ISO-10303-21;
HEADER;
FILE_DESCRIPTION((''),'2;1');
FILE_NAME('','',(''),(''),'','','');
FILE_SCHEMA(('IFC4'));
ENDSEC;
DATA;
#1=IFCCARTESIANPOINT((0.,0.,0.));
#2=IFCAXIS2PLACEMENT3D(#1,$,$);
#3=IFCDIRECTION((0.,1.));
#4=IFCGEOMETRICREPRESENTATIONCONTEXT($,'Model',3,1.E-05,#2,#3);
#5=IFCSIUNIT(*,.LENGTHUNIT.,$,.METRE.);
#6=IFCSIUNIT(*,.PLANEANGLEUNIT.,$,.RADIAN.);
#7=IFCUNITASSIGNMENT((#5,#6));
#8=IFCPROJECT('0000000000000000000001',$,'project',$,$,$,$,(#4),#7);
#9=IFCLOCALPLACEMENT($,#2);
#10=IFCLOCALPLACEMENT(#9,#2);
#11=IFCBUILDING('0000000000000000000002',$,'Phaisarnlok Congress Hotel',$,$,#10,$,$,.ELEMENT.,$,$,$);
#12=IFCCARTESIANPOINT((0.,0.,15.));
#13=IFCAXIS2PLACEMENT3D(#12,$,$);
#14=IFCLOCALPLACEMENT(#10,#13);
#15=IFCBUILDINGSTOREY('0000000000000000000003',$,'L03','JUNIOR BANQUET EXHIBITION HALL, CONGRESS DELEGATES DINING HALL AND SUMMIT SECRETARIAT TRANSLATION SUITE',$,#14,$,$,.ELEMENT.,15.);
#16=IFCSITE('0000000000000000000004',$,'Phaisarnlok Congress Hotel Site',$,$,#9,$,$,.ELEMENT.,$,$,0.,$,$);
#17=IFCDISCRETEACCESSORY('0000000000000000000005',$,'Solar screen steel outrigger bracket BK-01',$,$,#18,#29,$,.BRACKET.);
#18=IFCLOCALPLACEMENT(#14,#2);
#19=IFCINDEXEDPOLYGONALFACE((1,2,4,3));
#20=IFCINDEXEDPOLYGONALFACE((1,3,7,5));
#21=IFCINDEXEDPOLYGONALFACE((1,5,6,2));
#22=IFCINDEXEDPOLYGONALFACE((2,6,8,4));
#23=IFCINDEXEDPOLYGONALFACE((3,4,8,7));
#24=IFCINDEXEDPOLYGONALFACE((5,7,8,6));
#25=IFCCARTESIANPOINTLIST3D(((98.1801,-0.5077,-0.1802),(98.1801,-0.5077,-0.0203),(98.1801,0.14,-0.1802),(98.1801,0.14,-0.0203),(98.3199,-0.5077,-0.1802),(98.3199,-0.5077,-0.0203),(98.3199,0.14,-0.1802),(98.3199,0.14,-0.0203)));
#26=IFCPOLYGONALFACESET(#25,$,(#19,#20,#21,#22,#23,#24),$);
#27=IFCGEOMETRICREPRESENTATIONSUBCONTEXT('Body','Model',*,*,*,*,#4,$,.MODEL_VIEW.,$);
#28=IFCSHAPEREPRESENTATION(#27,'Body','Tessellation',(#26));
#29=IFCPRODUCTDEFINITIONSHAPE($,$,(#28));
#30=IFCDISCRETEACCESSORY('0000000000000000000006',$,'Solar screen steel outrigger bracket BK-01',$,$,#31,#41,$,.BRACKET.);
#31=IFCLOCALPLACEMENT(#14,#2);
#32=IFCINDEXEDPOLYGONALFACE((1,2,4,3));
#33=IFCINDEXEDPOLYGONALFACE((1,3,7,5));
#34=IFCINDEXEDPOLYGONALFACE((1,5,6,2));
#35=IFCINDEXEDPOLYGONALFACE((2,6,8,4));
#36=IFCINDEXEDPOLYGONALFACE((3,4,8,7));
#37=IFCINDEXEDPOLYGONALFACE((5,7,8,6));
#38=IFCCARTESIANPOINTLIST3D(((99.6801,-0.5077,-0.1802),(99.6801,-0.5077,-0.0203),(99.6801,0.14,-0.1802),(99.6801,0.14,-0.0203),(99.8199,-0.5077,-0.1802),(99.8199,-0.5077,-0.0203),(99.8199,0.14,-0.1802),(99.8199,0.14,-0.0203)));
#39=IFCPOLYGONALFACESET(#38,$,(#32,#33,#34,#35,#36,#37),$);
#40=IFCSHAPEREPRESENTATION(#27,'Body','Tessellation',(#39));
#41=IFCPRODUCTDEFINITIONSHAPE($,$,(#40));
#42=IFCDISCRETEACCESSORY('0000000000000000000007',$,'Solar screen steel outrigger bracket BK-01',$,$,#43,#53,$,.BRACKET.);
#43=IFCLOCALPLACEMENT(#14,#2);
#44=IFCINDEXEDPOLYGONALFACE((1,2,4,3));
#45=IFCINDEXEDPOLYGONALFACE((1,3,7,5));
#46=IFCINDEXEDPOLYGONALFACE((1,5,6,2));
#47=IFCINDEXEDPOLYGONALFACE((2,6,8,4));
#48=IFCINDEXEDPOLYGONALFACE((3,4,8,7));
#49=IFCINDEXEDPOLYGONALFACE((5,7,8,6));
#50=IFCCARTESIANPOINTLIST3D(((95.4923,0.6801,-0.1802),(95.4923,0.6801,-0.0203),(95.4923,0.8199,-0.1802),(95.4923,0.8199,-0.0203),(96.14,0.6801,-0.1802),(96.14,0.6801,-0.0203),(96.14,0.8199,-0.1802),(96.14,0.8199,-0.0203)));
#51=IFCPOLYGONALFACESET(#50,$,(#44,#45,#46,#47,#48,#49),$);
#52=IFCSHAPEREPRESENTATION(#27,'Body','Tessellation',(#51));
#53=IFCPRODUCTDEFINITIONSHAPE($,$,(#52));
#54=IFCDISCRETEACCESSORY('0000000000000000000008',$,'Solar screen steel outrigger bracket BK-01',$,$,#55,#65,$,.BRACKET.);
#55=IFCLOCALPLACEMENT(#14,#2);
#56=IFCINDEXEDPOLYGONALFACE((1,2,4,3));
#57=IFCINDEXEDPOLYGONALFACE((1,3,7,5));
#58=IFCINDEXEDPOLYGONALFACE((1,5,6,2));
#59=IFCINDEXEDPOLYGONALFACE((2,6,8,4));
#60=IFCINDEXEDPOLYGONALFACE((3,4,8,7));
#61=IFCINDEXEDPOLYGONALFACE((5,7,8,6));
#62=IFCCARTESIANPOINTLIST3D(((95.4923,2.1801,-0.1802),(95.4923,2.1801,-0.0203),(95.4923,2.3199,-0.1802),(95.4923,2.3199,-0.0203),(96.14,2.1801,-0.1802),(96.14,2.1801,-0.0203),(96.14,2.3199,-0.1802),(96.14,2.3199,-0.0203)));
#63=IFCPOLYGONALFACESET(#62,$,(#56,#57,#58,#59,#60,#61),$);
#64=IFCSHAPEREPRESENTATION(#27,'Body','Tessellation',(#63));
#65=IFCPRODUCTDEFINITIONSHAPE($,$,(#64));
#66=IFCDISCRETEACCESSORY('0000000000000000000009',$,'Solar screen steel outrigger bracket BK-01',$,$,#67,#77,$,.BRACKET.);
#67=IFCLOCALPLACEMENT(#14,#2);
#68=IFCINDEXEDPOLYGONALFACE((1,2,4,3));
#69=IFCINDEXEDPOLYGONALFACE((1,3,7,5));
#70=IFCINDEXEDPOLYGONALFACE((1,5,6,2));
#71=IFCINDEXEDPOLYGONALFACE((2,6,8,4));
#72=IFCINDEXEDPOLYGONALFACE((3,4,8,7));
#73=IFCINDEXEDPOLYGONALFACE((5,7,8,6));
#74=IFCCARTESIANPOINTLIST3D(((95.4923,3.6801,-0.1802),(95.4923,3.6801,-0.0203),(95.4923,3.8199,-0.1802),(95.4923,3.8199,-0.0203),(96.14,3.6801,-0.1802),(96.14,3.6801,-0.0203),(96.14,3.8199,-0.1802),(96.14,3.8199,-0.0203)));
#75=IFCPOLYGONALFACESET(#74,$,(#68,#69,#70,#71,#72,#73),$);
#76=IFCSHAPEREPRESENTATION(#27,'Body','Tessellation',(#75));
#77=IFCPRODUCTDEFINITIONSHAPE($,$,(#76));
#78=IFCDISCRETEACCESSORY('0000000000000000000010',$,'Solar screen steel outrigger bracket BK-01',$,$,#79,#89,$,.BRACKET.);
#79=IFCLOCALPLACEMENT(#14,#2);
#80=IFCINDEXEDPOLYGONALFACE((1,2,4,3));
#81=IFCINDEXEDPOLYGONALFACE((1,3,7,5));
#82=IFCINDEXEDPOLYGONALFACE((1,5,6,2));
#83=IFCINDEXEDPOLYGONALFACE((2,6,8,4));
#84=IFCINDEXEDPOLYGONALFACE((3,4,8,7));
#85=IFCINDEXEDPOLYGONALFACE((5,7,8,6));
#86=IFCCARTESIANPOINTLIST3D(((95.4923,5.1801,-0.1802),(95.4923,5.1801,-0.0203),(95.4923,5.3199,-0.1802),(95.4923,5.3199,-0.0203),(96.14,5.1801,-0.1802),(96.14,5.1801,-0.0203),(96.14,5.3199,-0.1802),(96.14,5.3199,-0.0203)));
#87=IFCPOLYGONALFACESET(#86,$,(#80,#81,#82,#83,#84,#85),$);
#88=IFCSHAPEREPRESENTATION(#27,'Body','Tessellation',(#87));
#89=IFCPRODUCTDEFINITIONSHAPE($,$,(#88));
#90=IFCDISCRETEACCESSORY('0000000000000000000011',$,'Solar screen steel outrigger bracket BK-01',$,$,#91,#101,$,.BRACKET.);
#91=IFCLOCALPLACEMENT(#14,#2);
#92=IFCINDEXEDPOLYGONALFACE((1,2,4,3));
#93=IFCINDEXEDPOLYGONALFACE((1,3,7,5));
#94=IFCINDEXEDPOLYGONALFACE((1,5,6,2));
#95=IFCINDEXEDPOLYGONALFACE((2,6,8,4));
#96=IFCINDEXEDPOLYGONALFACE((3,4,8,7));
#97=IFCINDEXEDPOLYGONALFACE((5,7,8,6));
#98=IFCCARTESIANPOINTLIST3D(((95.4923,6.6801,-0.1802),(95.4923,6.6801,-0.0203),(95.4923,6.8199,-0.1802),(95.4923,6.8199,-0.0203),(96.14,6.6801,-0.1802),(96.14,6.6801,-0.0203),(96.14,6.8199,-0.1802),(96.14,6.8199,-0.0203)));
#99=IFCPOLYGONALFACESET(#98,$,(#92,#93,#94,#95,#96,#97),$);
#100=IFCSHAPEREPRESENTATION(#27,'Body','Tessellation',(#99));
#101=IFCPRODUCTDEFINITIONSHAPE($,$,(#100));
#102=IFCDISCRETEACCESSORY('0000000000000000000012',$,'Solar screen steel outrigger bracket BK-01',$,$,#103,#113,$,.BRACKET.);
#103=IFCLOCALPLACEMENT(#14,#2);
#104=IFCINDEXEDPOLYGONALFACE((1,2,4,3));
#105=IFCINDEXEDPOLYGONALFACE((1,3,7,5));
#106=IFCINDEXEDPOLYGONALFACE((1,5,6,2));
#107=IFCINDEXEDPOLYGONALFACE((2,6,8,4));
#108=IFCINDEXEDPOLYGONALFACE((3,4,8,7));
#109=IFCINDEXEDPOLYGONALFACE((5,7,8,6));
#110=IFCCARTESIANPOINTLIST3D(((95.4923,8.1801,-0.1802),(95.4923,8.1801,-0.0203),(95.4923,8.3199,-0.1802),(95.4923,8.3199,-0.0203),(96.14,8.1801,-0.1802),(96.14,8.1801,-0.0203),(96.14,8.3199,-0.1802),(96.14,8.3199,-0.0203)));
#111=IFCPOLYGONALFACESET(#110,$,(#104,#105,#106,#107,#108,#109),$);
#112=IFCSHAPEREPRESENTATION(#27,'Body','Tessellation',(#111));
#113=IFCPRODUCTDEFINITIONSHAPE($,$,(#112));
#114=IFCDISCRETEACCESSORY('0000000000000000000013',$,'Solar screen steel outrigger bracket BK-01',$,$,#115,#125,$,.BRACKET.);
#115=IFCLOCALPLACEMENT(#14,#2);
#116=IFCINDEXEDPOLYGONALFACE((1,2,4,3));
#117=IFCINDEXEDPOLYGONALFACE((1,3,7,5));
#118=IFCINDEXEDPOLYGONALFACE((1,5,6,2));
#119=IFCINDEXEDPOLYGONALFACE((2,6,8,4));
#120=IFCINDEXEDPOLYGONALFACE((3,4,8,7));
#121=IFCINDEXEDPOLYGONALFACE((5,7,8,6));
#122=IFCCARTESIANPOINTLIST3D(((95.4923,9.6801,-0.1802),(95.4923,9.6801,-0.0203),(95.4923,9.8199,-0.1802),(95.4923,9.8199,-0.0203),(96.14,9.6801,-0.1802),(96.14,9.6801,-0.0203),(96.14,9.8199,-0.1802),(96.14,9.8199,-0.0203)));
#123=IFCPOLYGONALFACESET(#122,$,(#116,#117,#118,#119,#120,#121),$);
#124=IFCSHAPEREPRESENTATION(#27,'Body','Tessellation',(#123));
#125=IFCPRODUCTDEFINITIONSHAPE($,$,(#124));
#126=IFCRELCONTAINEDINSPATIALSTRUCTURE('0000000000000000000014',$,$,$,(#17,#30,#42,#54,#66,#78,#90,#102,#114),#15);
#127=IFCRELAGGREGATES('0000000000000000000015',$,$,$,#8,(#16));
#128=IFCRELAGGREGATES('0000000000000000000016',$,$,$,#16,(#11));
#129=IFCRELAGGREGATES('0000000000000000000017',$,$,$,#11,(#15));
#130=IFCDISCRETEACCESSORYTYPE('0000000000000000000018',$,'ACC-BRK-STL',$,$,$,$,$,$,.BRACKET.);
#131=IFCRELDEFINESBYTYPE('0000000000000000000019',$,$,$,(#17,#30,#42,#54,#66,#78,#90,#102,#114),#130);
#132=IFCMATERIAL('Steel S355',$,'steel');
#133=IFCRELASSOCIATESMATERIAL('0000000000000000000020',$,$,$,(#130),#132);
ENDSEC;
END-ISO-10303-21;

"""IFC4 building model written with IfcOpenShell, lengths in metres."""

from ifc_helpers import new_model, si_unit, direction, frame, origin, origin_2d, place, context, subcontext, project, spatial, rectangle, extrude, material, type_object, element, save


model = new_model("IFC4")

# Units and contexts
model_context = context("Model", 3, precision=1e-05, world=origin(), true_north=direction((0.0, 1.0)))
body_context = subcontext(model_context, "Body", "Model", "MODEL_VIEW")
ifc_project = project(units=[si_unit("LENGTHUNIT", "METRE"), si_unit("PLANEANGLEUNIT", "RADIAN")], contexts=[model_context])

# Site, building, storey
site_placement = place(None, origin())
site = spatial("IfcSite", under=ifc_project, at=site_placement, Name="Phaisarnlok Congress Hotel Site", CompositionType="ELEMENT", RefElevation=0.0)
building_placement = place(site_placement, origin())
building = spatial("IfcBuilding", under=site, at=building_placement, Name="Phaisarnlok Congress Hotel", CompositionType="ELEMENT")
storey_placement = place(building_placement, frame((0.0, 0.0, 15.0)))
storey = spatial("IfcBuildingStorey", under=building, at=storey_placement, Name="L03", Description="JUNIOR BANQUET EXHIBITION HALL, CONGRESS DELEGATES DINING HALL AND SUMMIT SECRETARIAT TRANSLATION SUITE", CompositionType="ELEMENT", Elevation=15.0)

# Shared definitions
ifc_material_1 = material(Name="Steel S355", Category="steel")

# Discrete accessories
discrete_accessory_type = type_object("IfcDiscreteAccessoryType", Name="ACC-BRK-STL", PredefinedType="BRACKET", material=ifc_material_1)
for number, where, z_axis, x_axis, name in (
    (1, (98.25, -0.1838, -0.1802), (0.0, 0.0, 1.0), (1.0, 0.0, 0.0), "Solar screen steel outrigger bracket BK-01"),
    (2, (99.75, -0.1838, -0.1802), (0.0, 0.0, 1.0), (1.0, 0.0, 0.0), "Solar screen steel outrigger bracket BK-01"),
):
    element("IfcDiscreteAccessory", number, at=place(storey_placement, frame(where, z_axis=z_axis, x_axis=x_axis)), inside=storey, type_object=discrete_accessory_type, Name=name, PredefinedType="BRACKET", context=body_context, shape_type="SweptSolid", body=[
        extrude(rectangle(XDim=0.1399, YDim=0.6477, at=origin_2d()), origin(), (0.0, 0.0, 1.0), 0.1599),
    ])
for number, where, z_axis, x_axis, name in (
    (3, (95.8162, 0.75, -0.1802), (0.0, 0.0, 1.0), (1.0, 0.0, 0.0), "Solar screen steel outrigger bracket BK-01"),
    (4, (95.8162, 2.25, -0.1802), (0.0, 0.0, 1.0), (1.0, 0.0, 0.0), "Solar screen steel outrigger bracket BK-01"),
    (5, (95.8162, 3.75, -0.1802), (0.0, 0.0, 1.0), (1.0, 0.0, 0.0), "Solar screen steel outrigger bracket BK-01"),
    (6, (95.8162, 5.25, -0.1802), (0.0, 0.0, 1.0), (1.0, 0.0, 0.0), "Solar screen steel outrigger bracket BK-01"),
    (7, (95.8162, 6.75, -0.1802), (0.0, 0.0, 1.0), (1.0, 0.0, 0.0), "Solar screen steel outrigger bracket BK-01"),
    (8, (95.8162, 8.25, -0.1802), (0.0, 0.0, 1.0), (1.0, 0.0, 0.0), "Solar screen steel outrigger bracket BK-01"),
    (9, (95.8162, 9.75, -0.1802), (0.0, 0.0, 1.0), (1.0, 0.0, 0.0), "Solar screen steel outrigger bracket BK-01"),
):
    element("IfcDiscreteAccessory", number, at=place(storey_placement, frame(where, z_axis=z_axis, x_axis=x_axis)), inside=storey, type_object=discrete_accessory_type, Name=name, PredefinedType="BRACKET", context=body_context, shape_type="SweptSolid", body=[
        extrude(rectangle(XDim=0.6477, YDim=0.1399, at=origin_2d()), origin(), (0.0, 0.0, 1.0), 0.1599),
    ])

save(model, "model.ifc")
